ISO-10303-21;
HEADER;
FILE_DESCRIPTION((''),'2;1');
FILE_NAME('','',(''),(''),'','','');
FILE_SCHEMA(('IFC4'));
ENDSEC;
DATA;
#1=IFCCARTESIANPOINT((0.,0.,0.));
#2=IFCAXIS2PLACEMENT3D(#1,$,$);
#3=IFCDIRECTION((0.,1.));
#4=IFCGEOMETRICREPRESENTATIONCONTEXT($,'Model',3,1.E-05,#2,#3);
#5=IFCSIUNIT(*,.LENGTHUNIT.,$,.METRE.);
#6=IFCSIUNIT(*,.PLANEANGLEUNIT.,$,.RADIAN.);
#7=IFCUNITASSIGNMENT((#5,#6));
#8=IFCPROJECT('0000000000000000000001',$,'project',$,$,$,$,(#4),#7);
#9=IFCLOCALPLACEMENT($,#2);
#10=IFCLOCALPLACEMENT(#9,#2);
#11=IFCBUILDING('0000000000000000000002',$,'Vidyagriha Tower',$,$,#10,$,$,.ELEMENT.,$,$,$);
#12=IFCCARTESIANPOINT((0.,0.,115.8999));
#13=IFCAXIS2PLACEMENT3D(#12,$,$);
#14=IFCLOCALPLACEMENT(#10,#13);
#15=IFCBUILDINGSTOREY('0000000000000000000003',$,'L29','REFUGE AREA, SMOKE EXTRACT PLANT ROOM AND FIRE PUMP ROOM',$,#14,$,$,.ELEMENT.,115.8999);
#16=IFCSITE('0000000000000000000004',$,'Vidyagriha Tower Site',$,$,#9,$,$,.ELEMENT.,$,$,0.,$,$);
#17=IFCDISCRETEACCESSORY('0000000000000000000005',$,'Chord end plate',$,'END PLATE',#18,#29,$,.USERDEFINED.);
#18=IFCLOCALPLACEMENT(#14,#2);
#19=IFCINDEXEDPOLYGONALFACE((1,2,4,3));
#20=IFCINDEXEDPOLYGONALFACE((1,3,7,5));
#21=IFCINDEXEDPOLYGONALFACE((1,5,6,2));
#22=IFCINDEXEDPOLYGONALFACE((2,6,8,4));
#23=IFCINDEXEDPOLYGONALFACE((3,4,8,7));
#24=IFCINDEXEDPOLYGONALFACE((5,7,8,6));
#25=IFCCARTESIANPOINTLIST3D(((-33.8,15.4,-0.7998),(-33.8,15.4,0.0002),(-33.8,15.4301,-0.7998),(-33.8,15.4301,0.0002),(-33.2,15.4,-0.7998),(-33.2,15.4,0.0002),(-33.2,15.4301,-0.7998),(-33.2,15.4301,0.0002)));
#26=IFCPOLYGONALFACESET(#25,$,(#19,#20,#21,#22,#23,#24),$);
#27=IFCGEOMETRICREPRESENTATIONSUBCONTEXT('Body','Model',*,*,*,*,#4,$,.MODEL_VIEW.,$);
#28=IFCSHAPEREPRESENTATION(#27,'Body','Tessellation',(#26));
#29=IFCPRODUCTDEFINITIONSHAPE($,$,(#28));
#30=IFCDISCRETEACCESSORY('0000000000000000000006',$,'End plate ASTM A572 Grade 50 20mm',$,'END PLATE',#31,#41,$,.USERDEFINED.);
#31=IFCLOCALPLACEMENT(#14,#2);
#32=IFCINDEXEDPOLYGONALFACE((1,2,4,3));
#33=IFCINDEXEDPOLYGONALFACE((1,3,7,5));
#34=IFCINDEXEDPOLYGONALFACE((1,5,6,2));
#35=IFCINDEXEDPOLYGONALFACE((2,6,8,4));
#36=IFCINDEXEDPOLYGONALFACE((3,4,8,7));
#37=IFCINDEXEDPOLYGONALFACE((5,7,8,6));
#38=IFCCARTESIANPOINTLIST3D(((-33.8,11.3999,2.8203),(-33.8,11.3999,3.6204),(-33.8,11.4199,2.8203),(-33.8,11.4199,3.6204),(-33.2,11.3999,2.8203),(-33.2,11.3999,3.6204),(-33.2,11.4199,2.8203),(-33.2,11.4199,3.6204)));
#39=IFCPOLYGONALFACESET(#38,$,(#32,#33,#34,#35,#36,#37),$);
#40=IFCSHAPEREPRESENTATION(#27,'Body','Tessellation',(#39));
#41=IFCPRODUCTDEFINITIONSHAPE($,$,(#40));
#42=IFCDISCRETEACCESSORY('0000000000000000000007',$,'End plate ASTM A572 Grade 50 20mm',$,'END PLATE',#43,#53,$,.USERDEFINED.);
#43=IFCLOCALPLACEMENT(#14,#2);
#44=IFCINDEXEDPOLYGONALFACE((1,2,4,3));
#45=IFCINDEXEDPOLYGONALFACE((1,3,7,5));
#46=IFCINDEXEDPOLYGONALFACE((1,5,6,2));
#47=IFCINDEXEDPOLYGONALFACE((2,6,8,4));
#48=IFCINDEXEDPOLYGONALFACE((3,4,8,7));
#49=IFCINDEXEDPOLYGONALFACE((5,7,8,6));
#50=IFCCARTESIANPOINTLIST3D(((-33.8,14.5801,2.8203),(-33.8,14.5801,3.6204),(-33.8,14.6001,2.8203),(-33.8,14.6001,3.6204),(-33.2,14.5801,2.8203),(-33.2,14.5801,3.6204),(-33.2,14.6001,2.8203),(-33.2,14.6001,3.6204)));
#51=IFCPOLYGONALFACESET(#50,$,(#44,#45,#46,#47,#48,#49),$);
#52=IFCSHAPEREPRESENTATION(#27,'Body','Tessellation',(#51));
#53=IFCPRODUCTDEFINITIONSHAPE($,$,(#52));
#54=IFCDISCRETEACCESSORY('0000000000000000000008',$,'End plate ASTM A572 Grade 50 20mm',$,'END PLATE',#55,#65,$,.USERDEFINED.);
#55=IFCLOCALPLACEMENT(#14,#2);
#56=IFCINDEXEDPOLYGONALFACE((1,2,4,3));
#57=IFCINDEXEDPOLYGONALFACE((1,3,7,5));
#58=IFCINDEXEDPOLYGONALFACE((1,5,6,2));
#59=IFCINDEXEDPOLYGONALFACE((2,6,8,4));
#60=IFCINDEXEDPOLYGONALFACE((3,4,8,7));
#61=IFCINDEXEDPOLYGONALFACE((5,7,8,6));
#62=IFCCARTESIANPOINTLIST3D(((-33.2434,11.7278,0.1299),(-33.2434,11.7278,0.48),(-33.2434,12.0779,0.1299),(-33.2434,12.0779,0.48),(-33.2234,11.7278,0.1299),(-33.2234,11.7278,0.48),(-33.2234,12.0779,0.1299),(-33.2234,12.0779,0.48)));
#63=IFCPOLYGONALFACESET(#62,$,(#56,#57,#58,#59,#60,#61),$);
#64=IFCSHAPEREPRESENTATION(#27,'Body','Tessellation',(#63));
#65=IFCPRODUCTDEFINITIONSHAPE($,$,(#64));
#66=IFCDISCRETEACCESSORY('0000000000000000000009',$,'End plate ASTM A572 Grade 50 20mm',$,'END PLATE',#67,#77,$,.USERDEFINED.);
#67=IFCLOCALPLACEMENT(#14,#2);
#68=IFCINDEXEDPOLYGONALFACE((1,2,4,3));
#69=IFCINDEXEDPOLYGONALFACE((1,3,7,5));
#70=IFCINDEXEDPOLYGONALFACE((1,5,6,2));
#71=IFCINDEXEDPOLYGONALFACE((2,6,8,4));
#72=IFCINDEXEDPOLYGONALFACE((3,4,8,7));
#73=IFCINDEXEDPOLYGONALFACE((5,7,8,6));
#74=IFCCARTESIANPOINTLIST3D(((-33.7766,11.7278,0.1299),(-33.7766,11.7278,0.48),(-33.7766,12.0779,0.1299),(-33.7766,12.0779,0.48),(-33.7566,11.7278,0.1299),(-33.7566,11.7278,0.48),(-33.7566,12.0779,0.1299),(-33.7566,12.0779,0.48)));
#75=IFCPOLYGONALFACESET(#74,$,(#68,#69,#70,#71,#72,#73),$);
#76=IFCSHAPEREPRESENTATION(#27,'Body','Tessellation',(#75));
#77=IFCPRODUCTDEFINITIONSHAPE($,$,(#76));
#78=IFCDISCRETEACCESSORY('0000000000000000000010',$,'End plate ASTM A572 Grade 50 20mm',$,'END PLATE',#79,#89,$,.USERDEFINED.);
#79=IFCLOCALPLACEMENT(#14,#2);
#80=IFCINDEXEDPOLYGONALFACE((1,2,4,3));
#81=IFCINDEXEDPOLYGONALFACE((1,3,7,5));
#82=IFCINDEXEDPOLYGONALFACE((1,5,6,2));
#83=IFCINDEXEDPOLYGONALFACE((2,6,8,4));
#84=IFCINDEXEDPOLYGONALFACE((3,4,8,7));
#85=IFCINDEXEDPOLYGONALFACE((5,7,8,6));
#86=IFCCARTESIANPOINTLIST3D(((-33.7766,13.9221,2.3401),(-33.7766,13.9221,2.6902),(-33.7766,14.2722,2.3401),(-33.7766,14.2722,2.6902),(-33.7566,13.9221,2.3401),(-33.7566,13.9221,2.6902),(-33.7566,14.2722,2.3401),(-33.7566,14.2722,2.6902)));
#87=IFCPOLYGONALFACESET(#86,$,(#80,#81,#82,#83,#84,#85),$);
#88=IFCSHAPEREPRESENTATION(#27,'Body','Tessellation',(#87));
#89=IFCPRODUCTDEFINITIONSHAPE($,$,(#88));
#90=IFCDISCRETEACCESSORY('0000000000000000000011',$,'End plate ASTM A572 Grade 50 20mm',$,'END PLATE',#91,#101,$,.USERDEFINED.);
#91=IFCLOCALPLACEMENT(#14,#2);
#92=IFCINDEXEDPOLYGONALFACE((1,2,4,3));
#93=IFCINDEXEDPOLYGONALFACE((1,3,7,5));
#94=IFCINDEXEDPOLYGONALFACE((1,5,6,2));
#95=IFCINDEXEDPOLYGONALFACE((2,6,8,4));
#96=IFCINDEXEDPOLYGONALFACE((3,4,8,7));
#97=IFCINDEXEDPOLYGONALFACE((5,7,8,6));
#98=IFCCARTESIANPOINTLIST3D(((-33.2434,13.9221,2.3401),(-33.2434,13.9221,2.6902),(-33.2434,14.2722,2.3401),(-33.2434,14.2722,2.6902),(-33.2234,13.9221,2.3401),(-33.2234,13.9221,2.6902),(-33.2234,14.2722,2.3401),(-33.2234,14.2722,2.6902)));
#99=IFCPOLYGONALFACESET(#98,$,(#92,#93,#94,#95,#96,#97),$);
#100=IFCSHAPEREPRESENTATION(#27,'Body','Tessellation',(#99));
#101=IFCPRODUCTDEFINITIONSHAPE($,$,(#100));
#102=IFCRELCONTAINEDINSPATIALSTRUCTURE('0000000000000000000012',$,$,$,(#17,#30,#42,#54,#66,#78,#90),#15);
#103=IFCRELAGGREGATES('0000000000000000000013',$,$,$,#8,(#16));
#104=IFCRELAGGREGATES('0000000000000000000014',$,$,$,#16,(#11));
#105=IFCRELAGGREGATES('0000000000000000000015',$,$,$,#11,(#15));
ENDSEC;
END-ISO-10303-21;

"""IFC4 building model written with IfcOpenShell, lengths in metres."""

from ifc_helpers import new_model, si_unit, direction, frame, origin, origin_2d, place, context, subcontext, project, spatial, rectangle, extrude, element, save


model = new_model("IFC4")

# Units and contexts
model_context = context("Model", 3, precision=1e-05, world=origin(), true_north=direction((0.0, 1.0)))
body_context = subcontext(model_context, "Body", "Model", "MODEL_VIEW")
ifc_project = project(units=[si_unit("LENGTHUNIT", "METRE"), si_unit("PLANEANGLEUNIT", "RADIAN")], contexts=[model_context])

# Site, building, storey
site_placement = place(None, origin())
site = spatial("IfcSite", under=ifc_project, at=site_placement, Name="Vidyagriha Tower Site", CompositionType="ELEMENT", RefElevation=0.0)
building_placement = place(site_placement, origin())
building = spatial("IfcBuilding", under=site, at=building_placement, Name="Vidyagriha Tower", CompositionType="ELEMENT")
storey_placement = place(building_placement, frame((0.0, 0.0, 115.8999)))
storey = spatial("IfcBuildingStorey", under=building, at=storey_placement, Name="L29", Description="REFUGE AREA, SMOKE EXTRACT PLANT ROOM AND FIRE PUMP ROOM", CompositionType="ELEMENT", Elevation=115.8999)

# Discrete accessories
discrete_accessory_placement = place(storey_placement, frame((-33.5, 15.415, -0.7998), z_axis=(0.0, 0.0, 1.0), x_axis=(0.0, 1.0, 0.0)))
element("IfcDiscreteAccessory", 1, at=discrete_accessory_placement, inside=storey, Name="Chord end plate", ObjectType="END PLATE", PredefinedType="USERDEFINED", context=body_context, shape_type="SweptSolid", body=[
    extrude(rectangle(XDim=0.03, YDim=0.6001, at=origin_2d()), origin(), (0.0, 0.0, 1.0), 0.8),
])
for number, where, z_axis, x_axis, name in (
    (2, (-33.5, 11.4099, 2.8203), (0.0, 0.0, 1.0), (0.0, -1.0, 0.0), "End plate ASTM A572 Grade 50 20mm"),
    (3, (-33.5, 14.5901, 2.8203), (0.0, 0.0, 1.0), (0.0, 1.0, 0.0), "End plate ASTM A572 Grade 50 20mm"),
):
    element("IfcDiscreteAccessory", number, at=place(storey_placement, frame(where, z_axis=z_axis, x_axis=x_axis)), inside=storey, Name=name, ObjectType="END PLATE", PredefinedType="USERDEFINED", context=body_context, shape_type="SweptSolid", body=[
        extrude(rectangle(XDim=0.02, YDim=0.6001, at=origin_2d()), origin(), (0.0, 0.0, 1.0), 0.8),
    ])
for number, where, z_axis, x_axis, name in (
    (4, (-33.2334, 11.9028, 0.1299), (0.0, 0.0, 1.0), (0.0, -1.0, 0.0), "End plate ASTM A572 Grade 50 20mm"),
    (5, (-33.7666, 11.9028, 0.1299), (0.0, 0.0, 1.0), (0.0, -1.0, 0.0), "End plate ASTM A572 Grade 50 20mm"),
    (6, (-33.7666, 14.0972, 2.3401), (0.0, 0.0, 1.0), (0.0, 1.0, 0.0), "End plate ASTM A572 Grade 50 20mm"),
    (7, (-33.2334, 14.0972, 2.3401), (0.0, 0.0, 1.0), (0.0, 1.0, 0.0), "End plate ASTM A572 Grade 50 20mm"),
):
    element("IfcDiscreteAccessory", number, at=place(storey_placement, frame(where, z_axis=z_axis, x_axis=x_axis)), inside=storey, Name=name, ObjectType="END PLATE", PredefinedType="USERDEFINED", context=body_context, shape_type="SweptSolid", body=[
        extrude(rectangle(XDim=0.3501, YDim=0.02, at=origin_2d()), origin(), (0.0, 0.0, 1.0), 0.3501),
    ])

save(model, "model.ifc")
